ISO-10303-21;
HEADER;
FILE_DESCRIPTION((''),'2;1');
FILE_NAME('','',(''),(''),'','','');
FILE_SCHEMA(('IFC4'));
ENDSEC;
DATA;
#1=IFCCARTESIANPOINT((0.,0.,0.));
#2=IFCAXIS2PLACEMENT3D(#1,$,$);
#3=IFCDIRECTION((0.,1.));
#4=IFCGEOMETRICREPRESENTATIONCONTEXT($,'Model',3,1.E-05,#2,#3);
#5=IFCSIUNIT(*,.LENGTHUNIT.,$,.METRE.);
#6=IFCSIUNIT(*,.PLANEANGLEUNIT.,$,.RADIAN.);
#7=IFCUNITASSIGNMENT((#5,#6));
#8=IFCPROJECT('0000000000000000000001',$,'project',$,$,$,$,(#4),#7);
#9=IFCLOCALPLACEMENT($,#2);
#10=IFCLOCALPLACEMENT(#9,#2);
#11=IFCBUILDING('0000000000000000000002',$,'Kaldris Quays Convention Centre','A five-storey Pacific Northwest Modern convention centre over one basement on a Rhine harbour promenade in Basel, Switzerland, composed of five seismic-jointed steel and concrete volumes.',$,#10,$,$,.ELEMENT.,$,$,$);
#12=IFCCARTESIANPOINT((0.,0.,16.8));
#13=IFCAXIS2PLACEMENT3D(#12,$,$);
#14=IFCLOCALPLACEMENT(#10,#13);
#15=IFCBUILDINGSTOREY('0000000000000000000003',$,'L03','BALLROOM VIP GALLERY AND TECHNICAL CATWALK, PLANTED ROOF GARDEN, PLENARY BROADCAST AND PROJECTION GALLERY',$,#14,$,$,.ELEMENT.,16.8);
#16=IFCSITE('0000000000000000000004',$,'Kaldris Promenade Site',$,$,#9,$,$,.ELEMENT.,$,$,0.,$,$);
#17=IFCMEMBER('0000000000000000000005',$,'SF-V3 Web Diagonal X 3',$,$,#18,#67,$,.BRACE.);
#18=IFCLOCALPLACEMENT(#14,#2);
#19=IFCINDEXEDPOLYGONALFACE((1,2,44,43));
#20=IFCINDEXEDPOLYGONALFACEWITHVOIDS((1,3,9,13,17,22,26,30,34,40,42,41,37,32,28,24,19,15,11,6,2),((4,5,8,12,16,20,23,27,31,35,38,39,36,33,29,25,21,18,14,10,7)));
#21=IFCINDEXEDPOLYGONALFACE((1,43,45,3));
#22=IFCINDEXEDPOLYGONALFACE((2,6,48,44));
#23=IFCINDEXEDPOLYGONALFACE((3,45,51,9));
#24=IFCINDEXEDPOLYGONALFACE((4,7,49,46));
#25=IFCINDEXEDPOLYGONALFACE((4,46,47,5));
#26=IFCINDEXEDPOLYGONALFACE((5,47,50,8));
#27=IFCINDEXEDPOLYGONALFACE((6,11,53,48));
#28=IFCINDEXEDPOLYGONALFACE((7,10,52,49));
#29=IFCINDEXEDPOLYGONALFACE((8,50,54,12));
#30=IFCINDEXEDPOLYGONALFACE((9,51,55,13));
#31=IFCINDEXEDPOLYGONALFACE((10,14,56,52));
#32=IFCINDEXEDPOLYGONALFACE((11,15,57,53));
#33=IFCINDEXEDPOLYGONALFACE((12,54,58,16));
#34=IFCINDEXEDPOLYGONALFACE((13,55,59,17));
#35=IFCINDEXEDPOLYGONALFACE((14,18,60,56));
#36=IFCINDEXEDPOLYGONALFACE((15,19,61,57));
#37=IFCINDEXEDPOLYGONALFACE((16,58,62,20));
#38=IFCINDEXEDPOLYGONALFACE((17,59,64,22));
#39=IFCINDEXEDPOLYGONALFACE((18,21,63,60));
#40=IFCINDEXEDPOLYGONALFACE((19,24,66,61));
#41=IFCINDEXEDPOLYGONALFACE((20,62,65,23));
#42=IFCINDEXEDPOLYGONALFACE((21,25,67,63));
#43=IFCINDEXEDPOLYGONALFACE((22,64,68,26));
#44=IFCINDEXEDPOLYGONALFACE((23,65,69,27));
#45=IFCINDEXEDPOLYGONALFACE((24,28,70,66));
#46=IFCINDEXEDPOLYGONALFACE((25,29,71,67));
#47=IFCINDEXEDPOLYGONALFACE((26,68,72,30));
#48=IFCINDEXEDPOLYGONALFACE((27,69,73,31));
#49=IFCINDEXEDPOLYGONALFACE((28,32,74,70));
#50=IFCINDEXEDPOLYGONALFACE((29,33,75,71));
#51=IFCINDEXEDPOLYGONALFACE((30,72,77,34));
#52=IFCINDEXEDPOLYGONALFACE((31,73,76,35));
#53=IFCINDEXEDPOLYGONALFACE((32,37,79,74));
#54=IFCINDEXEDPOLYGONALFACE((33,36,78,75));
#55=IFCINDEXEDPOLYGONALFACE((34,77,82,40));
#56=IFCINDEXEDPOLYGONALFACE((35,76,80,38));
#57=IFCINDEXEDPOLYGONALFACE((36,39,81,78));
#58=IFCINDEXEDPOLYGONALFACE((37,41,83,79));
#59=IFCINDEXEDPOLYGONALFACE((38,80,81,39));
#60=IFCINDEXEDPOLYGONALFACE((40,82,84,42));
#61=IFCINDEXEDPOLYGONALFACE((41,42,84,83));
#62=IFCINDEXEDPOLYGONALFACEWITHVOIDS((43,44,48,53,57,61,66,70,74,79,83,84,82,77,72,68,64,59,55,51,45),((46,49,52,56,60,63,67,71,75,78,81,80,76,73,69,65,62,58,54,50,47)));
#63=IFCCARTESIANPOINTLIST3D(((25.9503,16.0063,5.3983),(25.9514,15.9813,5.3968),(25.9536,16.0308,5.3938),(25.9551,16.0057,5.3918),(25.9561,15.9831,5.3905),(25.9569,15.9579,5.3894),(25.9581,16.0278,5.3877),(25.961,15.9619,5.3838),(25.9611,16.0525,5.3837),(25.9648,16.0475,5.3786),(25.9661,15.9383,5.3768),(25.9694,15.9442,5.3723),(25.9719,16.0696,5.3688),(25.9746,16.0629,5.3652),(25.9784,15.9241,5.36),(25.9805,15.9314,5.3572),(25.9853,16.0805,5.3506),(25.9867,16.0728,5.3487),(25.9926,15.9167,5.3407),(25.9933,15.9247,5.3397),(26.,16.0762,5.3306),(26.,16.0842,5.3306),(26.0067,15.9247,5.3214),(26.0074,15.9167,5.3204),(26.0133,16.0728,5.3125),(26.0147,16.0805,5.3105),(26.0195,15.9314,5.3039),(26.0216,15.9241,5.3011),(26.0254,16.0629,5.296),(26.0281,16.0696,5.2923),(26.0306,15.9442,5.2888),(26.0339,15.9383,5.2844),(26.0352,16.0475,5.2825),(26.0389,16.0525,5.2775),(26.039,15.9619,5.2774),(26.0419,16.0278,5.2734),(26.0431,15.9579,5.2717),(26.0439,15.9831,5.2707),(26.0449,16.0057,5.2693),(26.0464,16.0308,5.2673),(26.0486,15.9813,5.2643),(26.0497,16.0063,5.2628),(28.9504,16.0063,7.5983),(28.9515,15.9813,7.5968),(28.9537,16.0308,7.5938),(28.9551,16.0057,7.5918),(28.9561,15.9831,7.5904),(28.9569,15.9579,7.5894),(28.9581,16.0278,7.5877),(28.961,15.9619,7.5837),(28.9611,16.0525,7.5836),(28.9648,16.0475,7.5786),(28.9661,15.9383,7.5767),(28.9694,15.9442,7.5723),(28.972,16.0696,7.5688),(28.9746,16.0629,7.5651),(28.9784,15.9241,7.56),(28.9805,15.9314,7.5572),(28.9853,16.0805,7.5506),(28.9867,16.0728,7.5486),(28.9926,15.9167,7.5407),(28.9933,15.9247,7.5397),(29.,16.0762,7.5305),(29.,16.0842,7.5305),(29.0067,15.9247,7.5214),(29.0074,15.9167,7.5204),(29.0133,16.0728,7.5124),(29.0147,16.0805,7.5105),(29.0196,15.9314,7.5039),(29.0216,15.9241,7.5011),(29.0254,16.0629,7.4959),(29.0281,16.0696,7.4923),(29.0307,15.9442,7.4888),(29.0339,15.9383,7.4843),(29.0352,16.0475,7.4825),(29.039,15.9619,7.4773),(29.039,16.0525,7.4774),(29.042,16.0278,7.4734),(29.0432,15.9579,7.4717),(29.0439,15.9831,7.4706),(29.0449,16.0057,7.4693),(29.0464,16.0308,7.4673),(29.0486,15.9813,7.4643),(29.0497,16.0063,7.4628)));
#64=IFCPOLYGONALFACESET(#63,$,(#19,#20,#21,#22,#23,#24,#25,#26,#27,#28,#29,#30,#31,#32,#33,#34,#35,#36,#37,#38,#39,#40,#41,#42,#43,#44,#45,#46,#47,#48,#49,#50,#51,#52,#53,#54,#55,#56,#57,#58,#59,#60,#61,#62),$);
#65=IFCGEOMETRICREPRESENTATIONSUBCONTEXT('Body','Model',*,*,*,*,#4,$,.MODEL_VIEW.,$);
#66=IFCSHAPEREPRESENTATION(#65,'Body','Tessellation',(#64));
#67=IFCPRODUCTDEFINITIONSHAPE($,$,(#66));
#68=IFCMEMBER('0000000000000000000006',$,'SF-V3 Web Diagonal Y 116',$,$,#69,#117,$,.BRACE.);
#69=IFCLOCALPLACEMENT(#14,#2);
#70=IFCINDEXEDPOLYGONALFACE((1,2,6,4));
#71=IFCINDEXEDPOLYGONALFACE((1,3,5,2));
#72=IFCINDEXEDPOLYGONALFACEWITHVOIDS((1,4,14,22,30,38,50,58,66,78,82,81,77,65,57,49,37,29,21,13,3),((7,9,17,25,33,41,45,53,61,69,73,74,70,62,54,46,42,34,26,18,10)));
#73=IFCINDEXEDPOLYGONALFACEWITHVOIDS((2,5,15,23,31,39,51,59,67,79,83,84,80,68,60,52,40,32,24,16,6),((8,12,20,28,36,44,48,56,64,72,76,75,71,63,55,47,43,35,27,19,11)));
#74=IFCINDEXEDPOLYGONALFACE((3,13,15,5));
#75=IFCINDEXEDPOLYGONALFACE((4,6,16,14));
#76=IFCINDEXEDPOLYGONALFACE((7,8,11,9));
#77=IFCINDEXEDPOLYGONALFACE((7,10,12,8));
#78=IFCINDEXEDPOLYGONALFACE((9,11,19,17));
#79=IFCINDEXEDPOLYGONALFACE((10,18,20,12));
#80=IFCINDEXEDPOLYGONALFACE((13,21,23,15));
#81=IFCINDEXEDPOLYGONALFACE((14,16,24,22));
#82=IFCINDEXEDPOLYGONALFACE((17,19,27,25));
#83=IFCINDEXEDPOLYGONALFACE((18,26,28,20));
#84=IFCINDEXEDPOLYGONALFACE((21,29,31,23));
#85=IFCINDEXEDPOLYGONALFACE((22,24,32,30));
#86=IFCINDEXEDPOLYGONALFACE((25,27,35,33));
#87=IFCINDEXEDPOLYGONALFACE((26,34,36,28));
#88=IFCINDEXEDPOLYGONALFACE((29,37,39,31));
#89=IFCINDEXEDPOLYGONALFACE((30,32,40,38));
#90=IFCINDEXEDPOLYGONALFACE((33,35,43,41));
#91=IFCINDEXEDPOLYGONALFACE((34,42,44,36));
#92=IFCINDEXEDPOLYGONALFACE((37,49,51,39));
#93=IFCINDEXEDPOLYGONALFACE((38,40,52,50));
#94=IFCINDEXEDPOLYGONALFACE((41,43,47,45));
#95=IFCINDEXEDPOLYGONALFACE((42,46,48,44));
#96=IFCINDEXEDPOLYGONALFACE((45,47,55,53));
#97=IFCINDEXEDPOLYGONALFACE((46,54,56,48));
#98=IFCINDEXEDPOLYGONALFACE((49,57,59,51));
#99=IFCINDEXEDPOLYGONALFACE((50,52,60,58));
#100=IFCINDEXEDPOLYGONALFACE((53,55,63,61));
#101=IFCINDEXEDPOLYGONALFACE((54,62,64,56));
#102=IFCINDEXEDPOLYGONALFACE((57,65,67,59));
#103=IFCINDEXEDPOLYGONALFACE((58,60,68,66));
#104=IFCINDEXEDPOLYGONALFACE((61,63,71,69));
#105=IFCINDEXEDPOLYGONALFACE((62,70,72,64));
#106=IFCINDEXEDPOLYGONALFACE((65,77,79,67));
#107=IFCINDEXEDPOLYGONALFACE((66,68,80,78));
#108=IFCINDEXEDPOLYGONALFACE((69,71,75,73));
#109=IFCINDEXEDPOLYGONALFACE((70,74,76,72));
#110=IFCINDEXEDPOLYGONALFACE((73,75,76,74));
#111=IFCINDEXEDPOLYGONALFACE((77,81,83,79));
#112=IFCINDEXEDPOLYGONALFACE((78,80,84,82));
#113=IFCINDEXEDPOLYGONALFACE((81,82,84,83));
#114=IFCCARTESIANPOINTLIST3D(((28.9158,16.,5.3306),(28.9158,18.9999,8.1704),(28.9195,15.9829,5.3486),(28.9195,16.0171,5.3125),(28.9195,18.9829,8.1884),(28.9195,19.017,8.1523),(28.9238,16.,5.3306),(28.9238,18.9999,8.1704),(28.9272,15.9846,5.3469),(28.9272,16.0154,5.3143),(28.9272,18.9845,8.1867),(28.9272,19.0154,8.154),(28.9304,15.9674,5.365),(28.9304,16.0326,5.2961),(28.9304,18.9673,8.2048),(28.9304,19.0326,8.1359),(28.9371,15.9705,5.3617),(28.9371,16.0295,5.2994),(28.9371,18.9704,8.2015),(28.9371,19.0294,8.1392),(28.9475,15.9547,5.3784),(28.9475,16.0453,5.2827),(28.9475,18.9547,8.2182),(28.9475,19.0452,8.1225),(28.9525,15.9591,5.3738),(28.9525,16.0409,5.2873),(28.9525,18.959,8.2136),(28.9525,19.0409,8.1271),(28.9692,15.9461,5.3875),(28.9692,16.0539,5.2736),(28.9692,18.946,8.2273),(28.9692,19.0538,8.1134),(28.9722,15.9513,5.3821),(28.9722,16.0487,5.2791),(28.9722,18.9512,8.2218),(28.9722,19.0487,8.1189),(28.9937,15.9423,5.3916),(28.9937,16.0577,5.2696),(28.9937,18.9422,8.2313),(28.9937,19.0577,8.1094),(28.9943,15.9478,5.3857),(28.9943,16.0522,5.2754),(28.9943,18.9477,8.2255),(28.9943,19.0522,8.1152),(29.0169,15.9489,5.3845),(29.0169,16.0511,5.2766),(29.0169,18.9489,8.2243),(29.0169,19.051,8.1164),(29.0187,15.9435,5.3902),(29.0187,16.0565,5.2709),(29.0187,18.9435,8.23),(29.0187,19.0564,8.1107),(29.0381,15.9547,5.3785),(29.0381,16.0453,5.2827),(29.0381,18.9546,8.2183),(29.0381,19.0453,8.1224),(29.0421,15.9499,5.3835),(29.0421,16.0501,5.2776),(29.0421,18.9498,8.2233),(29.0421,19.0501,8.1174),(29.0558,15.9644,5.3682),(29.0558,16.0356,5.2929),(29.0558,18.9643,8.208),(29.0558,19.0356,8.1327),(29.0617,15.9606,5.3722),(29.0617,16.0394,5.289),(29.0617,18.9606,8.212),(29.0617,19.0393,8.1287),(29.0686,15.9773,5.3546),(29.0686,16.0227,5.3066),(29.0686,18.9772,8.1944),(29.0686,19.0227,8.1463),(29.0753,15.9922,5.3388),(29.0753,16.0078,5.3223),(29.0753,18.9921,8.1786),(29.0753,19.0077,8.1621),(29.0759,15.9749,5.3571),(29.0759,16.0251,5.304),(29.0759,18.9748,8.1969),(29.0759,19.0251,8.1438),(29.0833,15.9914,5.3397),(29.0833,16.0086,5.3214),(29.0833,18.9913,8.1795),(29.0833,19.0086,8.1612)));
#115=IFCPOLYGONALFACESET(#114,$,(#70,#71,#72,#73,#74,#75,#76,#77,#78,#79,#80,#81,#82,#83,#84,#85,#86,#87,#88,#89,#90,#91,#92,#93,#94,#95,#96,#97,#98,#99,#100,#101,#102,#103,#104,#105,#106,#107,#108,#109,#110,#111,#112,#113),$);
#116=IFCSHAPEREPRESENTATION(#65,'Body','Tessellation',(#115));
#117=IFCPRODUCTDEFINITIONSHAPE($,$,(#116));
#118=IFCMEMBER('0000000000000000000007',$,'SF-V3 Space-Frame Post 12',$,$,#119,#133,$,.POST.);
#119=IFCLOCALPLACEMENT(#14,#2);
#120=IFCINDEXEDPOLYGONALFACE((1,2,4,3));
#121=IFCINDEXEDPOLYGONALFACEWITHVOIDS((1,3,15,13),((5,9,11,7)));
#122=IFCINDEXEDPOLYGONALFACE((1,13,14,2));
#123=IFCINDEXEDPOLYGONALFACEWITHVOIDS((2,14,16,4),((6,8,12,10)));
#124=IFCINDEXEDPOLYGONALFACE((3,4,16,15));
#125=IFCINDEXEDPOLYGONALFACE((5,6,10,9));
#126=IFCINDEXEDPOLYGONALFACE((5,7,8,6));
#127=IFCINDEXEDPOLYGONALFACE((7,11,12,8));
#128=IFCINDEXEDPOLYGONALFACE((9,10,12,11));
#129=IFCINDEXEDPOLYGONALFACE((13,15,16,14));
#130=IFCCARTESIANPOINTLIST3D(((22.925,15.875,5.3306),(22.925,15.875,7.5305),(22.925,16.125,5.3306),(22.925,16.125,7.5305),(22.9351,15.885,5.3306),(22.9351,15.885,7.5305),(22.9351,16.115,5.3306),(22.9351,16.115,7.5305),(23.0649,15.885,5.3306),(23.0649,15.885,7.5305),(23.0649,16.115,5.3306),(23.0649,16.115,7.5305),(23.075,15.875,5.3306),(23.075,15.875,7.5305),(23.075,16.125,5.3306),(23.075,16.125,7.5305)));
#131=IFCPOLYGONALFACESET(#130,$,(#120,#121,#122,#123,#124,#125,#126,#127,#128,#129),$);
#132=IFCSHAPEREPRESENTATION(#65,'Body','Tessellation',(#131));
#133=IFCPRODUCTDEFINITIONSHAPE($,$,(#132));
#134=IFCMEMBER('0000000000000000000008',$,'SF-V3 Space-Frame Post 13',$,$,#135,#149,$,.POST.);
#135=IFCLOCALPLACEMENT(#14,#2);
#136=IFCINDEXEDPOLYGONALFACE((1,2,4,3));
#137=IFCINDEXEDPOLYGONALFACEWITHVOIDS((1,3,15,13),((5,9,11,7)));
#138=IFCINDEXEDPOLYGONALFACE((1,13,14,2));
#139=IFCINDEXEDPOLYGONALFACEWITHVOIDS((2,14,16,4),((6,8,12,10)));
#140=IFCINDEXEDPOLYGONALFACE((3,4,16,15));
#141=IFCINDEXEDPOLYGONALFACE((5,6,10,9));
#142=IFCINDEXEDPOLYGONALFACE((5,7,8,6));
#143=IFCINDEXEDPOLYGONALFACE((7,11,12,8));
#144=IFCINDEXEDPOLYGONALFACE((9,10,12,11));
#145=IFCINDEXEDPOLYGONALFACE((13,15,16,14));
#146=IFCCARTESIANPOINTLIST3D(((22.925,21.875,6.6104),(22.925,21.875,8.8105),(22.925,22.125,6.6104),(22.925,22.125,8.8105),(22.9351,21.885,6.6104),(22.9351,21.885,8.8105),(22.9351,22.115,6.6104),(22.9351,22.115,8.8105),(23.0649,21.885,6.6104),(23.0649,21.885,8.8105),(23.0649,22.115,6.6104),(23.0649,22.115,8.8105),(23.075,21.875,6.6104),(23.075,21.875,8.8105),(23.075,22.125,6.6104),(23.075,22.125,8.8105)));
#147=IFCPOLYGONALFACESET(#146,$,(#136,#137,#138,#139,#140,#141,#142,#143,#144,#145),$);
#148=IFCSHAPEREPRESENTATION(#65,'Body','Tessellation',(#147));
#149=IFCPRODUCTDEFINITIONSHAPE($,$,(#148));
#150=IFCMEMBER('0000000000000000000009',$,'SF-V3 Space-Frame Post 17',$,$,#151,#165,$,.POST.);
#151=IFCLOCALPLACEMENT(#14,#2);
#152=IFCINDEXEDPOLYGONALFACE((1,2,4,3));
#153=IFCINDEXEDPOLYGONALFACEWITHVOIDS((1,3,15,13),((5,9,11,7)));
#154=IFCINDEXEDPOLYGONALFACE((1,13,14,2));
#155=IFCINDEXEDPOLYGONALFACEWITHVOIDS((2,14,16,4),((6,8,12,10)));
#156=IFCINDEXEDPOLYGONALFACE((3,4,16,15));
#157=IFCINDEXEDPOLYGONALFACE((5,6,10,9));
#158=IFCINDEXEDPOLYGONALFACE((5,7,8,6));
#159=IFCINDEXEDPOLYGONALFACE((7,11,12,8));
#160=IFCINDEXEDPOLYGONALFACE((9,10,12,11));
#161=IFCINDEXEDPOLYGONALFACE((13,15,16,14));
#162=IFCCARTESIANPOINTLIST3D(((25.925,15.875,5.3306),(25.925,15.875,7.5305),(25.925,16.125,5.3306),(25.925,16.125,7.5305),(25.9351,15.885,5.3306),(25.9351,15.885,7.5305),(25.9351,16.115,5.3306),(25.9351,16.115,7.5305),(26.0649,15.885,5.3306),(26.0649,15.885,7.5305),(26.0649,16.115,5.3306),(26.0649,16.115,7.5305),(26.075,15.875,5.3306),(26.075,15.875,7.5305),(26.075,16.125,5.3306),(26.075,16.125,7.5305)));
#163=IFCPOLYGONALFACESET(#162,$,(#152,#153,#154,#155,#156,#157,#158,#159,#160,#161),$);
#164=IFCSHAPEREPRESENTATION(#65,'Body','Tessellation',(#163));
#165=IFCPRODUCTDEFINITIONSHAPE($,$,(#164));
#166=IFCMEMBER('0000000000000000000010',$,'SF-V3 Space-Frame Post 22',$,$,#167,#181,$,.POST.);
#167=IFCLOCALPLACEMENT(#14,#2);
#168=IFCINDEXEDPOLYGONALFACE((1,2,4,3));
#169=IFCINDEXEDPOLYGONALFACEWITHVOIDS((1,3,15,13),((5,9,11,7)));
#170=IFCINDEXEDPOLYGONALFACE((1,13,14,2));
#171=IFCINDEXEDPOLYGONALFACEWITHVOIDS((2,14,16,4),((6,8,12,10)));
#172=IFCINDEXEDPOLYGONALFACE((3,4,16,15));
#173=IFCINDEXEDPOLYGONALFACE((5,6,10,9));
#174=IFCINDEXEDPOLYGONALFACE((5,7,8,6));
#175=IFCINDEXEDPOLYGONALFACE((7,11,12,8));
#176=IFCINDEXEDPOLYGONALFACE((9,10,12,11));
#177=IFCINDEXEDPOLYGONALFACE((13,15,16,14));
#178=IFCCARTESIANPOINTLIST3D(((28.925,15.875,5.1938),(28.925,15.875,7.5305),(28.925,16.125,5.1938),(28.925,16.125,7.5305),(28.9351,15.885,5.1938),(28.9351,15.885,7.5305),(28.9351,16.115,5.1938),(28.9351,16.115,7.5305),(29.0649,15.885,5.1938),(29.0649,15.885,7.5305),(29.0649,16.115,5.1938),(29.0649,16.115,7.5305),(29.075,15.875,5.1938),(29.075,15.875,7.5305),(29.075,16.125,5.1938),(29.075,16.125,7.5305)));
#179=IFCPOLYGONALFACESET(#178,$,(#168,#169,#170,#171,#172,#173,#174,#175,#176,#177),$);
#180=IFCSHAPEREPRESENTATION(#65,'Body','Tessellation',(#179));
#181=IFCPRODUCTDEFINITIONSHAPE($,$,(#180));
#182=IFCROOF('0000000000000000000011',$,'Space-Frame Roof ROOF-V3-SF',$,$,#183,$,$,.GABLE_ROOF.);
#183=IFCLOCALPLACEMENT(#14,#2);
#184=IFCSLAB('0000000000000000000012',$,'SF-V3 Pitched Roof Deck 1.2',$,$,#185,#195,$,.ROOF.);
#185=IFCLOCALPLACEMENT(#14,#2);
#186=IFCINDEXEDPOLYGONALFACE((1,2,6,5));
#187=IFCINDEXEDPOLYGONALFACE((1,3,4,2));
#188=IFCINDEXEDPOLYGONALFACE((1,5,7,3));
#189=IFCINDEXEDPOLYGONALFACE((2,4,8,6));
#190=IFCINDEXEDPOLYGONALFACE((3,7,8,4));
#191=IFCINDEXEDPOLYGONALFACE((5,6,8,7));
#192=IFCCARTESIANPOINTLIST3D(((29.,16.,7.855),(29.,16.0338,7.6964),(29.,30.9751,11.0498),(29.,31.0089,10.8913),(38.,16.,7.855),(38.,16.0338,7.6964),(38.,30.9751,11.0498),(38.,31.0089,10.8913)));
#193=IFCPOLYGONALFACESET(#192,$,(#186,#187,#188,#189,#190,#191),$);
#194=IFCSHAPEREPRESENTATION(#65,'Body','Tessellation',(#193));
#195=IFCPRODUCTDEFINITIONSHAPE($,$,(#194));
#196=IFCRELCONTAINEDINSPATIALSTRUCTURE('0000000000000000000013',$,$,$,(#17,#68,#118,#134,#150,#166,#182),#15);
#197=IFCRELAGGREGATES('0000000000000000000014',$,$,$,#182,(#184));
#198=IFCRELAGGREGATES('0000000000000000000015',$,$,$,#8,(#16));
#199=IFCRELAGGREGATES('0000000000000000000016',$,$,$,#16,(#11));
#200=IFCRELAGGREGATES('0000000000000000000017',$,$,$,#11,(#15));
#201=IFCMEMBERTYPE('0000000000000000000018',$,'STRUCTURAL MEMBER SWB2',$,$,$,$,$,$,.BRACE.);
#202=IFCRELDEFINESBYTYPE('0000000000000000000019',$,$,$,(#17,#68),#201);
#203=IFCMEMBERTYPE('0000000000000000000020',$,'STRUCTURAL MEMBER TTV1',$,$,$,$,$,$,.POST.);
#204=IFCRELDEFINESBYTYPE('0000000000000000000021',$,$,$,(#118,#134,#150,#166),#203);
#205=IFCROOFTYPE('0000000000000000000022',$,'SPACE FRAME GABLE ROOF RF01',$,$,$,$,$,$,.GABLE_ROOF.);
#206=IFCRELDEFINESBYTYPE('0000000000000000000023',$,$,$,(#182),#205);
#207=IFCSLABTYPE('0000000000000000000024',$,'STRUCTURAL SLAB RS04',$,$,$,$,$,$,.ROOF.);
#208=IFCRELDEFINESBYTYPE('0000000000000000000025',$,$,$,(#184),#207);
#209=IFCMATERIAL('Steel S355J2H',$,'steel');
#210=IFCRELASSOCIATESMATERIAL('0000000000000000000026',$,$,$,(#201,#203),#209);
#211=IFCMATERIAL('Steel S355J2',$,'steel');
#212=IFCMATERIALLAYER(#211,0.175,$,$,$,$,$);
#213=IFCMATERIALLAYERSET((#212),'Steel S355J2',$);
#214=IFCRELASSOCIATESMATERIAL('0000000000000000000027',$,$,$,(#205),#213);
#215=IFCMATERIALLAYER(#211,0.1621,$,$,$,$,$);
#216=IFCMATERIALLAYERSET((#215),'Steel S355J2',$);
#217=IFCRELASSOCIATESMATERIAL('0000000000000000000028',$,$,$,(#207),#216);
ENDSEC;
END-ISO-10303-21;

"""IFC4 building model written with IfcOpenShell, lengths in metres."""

from ifc_helpers import new_model, si_unit, direction, frame, origin, origin_2d, place, context, subcontext, project, spatial, polyline, hollow_rectangle, hollow_circle, outline, extrude, material, layer, layer_set, material_profile, profile_set, type_object, element, aggregate, save


model = new_model("IFC4")

# Units and contexts
model_context = context("Model", 3, precision=1e-05, world=origin(), true_north=direction((0.0, 1.0)))
body_context = subcontext(model_context, "Body", "Model", "MODEL_VIEW")
ifc_project = project(units=[si_unit("LENGTHUNIT", "METRE"), si_unit("PLANEANGLEUNIT", "RADIAN")], contexts=[model_context])

# Site, building, storey
site_placement = place(None, origin())
site = spatial("IfcSite", under=ifc_project, at=site_placement, Name="Kaldris Promenade Site", CompositionType="ELEMENT", RefElevation=0.0)
building_placement = place(site_placement, origin())
building = spatial("IfcBuilding", under=site, at=building_placement, Name="Kaldris Quays Convention Centre", Description="A five-storey Pacific Northwest Modern convention centre over one basement on a Rhine harbour promenade in Basel, Switzerland, composed of five seismic-jointed steel and concrete volumes.", CompositionType="ELEMENT")
storey_placement = place(building_placement, frame((0.0, 0.0, 16.8)))
storey = spatial("IfcBuildingStorey", under=building, at=storey_placement, Name="L03", Description="BALLROOM VIP GALLERY AND TECHNICAL CATWALK, PLANTED ROOF GARDEN, PLENARY BROADCAST AND PROJECTION GALLERY", CompositionType="ELEMENT", Elevation=16.8)

# Shared definitions
ifc_material_1 = material(Name="Steel S355J2", Category="steel")

# Members
ifc_material_2 = material(Name="Steel S355J2H", Category="steel")
ifc_material_profile_1 = material_profile(ifc_material_2, hollow_circle(Radius=0.0842, WallThickness=0.0081, at=origin_2d()), Name="CHS 168.3x8")
ifc_profile_set_1 = profile_set([ifc_material_profile_1], Name="Steel S355J2H")
member_type_1 = type_object("IfcMemberType", Name="STRUCTURAL MEMBER SWB2", PredefinedType="BRACE", material=ifc_profile_set_1)
for number, where, z_axis, x_axis, name in (
    (1, (26.0, 16.0, 5.3306), (0.806411, 0.0, 0.591355), (0.0, 1.0, 0.0), "SF-V3 Web Diagonal X 3"),
):
    element("IfcMember", number, at=place(storey_placement, frame(where, z_axis=z_axis, x_axis=x_axis)), inside=storey, type_object=member_type_1, Name=name, PredefinedType="BRACE", context=body_context, shape_type="SweptSolid", body=[
        extrude(hollow_circle(Radius=0.0842, WallThickness=0.0081, at=origin_2d()), origin(), (0.0, 0.0, 1.0), 3.7202),
    ])
member_1_placement = place(storey_placement, frame((29.0, 16.0, 5.3306), z_axis=(0.0, 0.726226, 0.687456), x_axis=(-1.0, 0.0, 0.0)))
element("IfcMember", 2, at=member_1_placement, inside=storey, type_object=member_type_1, Name="SF-V3 Web Diagonal Y 116", PredefinedType="BRACE", context=body_context, shape_type="SweptSolid", body=[
    extrude(hollow_circle(Radius=0.0842, WallThickness=0.0081, at=origin_2d()), origin(), (0.0, 0.0, 1.0), 4.1309),
])
ifc_material_profile_2 = material_profile(ifc_material_2, hollow_rectangle(XDim=0.1499, YDim=0.25, WallThickness=0.01, at=origin_2d()), Name="RHS 250x150x10")
ifc_profile_set_2 = profile_set([ifc_material_profile_2], Name="Steel S355J2H")
member_type_2 = type_object("IfcMemberType", Name="STRUCTURAL MEMBER TTV1", PredefinedType="POST", material=ifc_profile_set_2)
member_2_placement = place(storey_placement, frame((23.0, 16.0, 5.3306), z_axis=(0.0, 0.0, 1.0), x_axis=(1.0, 0.0, 0.0)))
element("IfcMember", 3, at=member_2_placement, inside=storey, type_object=member_type_2, Name="SF-V3 Space-Frame Post 12", PredefinedType="POST", context=body_context, shape_type="SweptSolid", body=[
    extrude(hollow_rectangle(XDim=0.1499, YDim=0.25, WallThickness=0.01, at=origin_2d()), origin(), (0.0, 0.0, 1.0), 2.2),
])
member_3_placement = place(storey_placement, frame((23.0, 22.0, 6.6104), z_axis=(0.0, 0.0, 1.0), x_axis=(1.0, 0.0, 0.0)))
element("IfcMember", 4, at=member_3_placement, inside=storey, type_object=member_type_2, Name="SF-V3 Space-Frame Post 13", PredefinedType="POST", context=body_context, shape_type="SweptSolid", body=[
    extrude(hollow_rectangle(XDim=0.1499, YDim=0.25, WallThickness=0.01, at=origin_2d()), origin(), (0.0, 0.0, 1.0), 2.2002),
])
member_4_placement = place(storey_placement, frame((26.0, 16.0, 5.3306), z_axis=(0.0, 0.0, 1.0), x_axis=(1.0, 0.0, 0.0)))
element("IfcMember", 5, at=member_4_placement, inside=storey, type_object=member_type_2, Name="SF-V3 Space-Frame Post 17", PredefinedType="POST", context=body_context, shape_type="SweptSolid", body=[
    extrude(hollow_rectangle(XDim=0.1499, YDim=0.25, WallThickness=0.01, at=origin_2d()), origin(), (0.0, 0.0, 1.0), 2.2),
])
member_5_placement = place(storey_placement, frame((29.0, 16.0, 5.1938), z_axis=(0.0, 0.0, 1.0), x_axis=(1.0, 0.0, 0.0)))
element("IfcMember", 6, at=member_5_placement, inside=storey, type_object=member_type_2, Name="SF-V3 Space-Frame Post 22", PredefinedType="POST", context=body_context, shape_type="SweptSolid", body=[
    extrude(hollow_rectangle(XDim=0.1499, YDim=0.25, WallThickness=0.01, at=origin_2d()), origin(), (0.0, 0.0, 1.0), 2.3367),
])

# Roof, slab
ifc_layer_1 = layer(ifc_material_1, 0.175)
ifc_layer_set_1 = layer_set([ifc_layer_1], Name="Steel S355J2")
roof_type = type_object("IfcRoofType", Name="SPACE FRAME GABLE ROOF RF01", PredefinedType="GABLE_ROOF", material=ifc_layer_set_1)
roof_placement = place(storey_placement, origin())
roof = element("IfcRoof", 7, at=roof_placement, inside=storey, type_object=roof_type, Name="Space-Frame Roof ROOF-V3-SF", PredefinedType="GABLE_ROOF")
ifc_layer_2 = layer(ifc_material_1, 0.1621)
ifc_layer_set_2 = layer_set([ifc_layer_2], Name="Steel S355J2")
slab_type = type_object("IfcSlabType", Name="STRUCTURAL SLAB RS04", PredefinedType="ROOF", material=ifc_layer_set_2)
slab_placement = place(storey_placement, frame((29.0, 16.0, 7.855), z_axis=(0.0, -0.208647, 0.977991), x_axis=(1.0, 0.0, 0.0)))
slab = element("IfcSlab", 8, at=slab_placement, type_object=slab_type, Name="SF-V3 Pitched Roof Deck 1.2", PredefinedType="ROOF", context=body_context, shape_type="SweptSolid", body=[
    extrude(outline(polyline([(0.0, 0.0), (9.0, 0.0), (9.0, 15.3121), (0.0, 15.3121), (0.0, 0.0)])), origin(), (0.0, 0.0, -1.0), 0.1621),
])
aggregate(roof, [slab])

save(model, "model.ifc")
